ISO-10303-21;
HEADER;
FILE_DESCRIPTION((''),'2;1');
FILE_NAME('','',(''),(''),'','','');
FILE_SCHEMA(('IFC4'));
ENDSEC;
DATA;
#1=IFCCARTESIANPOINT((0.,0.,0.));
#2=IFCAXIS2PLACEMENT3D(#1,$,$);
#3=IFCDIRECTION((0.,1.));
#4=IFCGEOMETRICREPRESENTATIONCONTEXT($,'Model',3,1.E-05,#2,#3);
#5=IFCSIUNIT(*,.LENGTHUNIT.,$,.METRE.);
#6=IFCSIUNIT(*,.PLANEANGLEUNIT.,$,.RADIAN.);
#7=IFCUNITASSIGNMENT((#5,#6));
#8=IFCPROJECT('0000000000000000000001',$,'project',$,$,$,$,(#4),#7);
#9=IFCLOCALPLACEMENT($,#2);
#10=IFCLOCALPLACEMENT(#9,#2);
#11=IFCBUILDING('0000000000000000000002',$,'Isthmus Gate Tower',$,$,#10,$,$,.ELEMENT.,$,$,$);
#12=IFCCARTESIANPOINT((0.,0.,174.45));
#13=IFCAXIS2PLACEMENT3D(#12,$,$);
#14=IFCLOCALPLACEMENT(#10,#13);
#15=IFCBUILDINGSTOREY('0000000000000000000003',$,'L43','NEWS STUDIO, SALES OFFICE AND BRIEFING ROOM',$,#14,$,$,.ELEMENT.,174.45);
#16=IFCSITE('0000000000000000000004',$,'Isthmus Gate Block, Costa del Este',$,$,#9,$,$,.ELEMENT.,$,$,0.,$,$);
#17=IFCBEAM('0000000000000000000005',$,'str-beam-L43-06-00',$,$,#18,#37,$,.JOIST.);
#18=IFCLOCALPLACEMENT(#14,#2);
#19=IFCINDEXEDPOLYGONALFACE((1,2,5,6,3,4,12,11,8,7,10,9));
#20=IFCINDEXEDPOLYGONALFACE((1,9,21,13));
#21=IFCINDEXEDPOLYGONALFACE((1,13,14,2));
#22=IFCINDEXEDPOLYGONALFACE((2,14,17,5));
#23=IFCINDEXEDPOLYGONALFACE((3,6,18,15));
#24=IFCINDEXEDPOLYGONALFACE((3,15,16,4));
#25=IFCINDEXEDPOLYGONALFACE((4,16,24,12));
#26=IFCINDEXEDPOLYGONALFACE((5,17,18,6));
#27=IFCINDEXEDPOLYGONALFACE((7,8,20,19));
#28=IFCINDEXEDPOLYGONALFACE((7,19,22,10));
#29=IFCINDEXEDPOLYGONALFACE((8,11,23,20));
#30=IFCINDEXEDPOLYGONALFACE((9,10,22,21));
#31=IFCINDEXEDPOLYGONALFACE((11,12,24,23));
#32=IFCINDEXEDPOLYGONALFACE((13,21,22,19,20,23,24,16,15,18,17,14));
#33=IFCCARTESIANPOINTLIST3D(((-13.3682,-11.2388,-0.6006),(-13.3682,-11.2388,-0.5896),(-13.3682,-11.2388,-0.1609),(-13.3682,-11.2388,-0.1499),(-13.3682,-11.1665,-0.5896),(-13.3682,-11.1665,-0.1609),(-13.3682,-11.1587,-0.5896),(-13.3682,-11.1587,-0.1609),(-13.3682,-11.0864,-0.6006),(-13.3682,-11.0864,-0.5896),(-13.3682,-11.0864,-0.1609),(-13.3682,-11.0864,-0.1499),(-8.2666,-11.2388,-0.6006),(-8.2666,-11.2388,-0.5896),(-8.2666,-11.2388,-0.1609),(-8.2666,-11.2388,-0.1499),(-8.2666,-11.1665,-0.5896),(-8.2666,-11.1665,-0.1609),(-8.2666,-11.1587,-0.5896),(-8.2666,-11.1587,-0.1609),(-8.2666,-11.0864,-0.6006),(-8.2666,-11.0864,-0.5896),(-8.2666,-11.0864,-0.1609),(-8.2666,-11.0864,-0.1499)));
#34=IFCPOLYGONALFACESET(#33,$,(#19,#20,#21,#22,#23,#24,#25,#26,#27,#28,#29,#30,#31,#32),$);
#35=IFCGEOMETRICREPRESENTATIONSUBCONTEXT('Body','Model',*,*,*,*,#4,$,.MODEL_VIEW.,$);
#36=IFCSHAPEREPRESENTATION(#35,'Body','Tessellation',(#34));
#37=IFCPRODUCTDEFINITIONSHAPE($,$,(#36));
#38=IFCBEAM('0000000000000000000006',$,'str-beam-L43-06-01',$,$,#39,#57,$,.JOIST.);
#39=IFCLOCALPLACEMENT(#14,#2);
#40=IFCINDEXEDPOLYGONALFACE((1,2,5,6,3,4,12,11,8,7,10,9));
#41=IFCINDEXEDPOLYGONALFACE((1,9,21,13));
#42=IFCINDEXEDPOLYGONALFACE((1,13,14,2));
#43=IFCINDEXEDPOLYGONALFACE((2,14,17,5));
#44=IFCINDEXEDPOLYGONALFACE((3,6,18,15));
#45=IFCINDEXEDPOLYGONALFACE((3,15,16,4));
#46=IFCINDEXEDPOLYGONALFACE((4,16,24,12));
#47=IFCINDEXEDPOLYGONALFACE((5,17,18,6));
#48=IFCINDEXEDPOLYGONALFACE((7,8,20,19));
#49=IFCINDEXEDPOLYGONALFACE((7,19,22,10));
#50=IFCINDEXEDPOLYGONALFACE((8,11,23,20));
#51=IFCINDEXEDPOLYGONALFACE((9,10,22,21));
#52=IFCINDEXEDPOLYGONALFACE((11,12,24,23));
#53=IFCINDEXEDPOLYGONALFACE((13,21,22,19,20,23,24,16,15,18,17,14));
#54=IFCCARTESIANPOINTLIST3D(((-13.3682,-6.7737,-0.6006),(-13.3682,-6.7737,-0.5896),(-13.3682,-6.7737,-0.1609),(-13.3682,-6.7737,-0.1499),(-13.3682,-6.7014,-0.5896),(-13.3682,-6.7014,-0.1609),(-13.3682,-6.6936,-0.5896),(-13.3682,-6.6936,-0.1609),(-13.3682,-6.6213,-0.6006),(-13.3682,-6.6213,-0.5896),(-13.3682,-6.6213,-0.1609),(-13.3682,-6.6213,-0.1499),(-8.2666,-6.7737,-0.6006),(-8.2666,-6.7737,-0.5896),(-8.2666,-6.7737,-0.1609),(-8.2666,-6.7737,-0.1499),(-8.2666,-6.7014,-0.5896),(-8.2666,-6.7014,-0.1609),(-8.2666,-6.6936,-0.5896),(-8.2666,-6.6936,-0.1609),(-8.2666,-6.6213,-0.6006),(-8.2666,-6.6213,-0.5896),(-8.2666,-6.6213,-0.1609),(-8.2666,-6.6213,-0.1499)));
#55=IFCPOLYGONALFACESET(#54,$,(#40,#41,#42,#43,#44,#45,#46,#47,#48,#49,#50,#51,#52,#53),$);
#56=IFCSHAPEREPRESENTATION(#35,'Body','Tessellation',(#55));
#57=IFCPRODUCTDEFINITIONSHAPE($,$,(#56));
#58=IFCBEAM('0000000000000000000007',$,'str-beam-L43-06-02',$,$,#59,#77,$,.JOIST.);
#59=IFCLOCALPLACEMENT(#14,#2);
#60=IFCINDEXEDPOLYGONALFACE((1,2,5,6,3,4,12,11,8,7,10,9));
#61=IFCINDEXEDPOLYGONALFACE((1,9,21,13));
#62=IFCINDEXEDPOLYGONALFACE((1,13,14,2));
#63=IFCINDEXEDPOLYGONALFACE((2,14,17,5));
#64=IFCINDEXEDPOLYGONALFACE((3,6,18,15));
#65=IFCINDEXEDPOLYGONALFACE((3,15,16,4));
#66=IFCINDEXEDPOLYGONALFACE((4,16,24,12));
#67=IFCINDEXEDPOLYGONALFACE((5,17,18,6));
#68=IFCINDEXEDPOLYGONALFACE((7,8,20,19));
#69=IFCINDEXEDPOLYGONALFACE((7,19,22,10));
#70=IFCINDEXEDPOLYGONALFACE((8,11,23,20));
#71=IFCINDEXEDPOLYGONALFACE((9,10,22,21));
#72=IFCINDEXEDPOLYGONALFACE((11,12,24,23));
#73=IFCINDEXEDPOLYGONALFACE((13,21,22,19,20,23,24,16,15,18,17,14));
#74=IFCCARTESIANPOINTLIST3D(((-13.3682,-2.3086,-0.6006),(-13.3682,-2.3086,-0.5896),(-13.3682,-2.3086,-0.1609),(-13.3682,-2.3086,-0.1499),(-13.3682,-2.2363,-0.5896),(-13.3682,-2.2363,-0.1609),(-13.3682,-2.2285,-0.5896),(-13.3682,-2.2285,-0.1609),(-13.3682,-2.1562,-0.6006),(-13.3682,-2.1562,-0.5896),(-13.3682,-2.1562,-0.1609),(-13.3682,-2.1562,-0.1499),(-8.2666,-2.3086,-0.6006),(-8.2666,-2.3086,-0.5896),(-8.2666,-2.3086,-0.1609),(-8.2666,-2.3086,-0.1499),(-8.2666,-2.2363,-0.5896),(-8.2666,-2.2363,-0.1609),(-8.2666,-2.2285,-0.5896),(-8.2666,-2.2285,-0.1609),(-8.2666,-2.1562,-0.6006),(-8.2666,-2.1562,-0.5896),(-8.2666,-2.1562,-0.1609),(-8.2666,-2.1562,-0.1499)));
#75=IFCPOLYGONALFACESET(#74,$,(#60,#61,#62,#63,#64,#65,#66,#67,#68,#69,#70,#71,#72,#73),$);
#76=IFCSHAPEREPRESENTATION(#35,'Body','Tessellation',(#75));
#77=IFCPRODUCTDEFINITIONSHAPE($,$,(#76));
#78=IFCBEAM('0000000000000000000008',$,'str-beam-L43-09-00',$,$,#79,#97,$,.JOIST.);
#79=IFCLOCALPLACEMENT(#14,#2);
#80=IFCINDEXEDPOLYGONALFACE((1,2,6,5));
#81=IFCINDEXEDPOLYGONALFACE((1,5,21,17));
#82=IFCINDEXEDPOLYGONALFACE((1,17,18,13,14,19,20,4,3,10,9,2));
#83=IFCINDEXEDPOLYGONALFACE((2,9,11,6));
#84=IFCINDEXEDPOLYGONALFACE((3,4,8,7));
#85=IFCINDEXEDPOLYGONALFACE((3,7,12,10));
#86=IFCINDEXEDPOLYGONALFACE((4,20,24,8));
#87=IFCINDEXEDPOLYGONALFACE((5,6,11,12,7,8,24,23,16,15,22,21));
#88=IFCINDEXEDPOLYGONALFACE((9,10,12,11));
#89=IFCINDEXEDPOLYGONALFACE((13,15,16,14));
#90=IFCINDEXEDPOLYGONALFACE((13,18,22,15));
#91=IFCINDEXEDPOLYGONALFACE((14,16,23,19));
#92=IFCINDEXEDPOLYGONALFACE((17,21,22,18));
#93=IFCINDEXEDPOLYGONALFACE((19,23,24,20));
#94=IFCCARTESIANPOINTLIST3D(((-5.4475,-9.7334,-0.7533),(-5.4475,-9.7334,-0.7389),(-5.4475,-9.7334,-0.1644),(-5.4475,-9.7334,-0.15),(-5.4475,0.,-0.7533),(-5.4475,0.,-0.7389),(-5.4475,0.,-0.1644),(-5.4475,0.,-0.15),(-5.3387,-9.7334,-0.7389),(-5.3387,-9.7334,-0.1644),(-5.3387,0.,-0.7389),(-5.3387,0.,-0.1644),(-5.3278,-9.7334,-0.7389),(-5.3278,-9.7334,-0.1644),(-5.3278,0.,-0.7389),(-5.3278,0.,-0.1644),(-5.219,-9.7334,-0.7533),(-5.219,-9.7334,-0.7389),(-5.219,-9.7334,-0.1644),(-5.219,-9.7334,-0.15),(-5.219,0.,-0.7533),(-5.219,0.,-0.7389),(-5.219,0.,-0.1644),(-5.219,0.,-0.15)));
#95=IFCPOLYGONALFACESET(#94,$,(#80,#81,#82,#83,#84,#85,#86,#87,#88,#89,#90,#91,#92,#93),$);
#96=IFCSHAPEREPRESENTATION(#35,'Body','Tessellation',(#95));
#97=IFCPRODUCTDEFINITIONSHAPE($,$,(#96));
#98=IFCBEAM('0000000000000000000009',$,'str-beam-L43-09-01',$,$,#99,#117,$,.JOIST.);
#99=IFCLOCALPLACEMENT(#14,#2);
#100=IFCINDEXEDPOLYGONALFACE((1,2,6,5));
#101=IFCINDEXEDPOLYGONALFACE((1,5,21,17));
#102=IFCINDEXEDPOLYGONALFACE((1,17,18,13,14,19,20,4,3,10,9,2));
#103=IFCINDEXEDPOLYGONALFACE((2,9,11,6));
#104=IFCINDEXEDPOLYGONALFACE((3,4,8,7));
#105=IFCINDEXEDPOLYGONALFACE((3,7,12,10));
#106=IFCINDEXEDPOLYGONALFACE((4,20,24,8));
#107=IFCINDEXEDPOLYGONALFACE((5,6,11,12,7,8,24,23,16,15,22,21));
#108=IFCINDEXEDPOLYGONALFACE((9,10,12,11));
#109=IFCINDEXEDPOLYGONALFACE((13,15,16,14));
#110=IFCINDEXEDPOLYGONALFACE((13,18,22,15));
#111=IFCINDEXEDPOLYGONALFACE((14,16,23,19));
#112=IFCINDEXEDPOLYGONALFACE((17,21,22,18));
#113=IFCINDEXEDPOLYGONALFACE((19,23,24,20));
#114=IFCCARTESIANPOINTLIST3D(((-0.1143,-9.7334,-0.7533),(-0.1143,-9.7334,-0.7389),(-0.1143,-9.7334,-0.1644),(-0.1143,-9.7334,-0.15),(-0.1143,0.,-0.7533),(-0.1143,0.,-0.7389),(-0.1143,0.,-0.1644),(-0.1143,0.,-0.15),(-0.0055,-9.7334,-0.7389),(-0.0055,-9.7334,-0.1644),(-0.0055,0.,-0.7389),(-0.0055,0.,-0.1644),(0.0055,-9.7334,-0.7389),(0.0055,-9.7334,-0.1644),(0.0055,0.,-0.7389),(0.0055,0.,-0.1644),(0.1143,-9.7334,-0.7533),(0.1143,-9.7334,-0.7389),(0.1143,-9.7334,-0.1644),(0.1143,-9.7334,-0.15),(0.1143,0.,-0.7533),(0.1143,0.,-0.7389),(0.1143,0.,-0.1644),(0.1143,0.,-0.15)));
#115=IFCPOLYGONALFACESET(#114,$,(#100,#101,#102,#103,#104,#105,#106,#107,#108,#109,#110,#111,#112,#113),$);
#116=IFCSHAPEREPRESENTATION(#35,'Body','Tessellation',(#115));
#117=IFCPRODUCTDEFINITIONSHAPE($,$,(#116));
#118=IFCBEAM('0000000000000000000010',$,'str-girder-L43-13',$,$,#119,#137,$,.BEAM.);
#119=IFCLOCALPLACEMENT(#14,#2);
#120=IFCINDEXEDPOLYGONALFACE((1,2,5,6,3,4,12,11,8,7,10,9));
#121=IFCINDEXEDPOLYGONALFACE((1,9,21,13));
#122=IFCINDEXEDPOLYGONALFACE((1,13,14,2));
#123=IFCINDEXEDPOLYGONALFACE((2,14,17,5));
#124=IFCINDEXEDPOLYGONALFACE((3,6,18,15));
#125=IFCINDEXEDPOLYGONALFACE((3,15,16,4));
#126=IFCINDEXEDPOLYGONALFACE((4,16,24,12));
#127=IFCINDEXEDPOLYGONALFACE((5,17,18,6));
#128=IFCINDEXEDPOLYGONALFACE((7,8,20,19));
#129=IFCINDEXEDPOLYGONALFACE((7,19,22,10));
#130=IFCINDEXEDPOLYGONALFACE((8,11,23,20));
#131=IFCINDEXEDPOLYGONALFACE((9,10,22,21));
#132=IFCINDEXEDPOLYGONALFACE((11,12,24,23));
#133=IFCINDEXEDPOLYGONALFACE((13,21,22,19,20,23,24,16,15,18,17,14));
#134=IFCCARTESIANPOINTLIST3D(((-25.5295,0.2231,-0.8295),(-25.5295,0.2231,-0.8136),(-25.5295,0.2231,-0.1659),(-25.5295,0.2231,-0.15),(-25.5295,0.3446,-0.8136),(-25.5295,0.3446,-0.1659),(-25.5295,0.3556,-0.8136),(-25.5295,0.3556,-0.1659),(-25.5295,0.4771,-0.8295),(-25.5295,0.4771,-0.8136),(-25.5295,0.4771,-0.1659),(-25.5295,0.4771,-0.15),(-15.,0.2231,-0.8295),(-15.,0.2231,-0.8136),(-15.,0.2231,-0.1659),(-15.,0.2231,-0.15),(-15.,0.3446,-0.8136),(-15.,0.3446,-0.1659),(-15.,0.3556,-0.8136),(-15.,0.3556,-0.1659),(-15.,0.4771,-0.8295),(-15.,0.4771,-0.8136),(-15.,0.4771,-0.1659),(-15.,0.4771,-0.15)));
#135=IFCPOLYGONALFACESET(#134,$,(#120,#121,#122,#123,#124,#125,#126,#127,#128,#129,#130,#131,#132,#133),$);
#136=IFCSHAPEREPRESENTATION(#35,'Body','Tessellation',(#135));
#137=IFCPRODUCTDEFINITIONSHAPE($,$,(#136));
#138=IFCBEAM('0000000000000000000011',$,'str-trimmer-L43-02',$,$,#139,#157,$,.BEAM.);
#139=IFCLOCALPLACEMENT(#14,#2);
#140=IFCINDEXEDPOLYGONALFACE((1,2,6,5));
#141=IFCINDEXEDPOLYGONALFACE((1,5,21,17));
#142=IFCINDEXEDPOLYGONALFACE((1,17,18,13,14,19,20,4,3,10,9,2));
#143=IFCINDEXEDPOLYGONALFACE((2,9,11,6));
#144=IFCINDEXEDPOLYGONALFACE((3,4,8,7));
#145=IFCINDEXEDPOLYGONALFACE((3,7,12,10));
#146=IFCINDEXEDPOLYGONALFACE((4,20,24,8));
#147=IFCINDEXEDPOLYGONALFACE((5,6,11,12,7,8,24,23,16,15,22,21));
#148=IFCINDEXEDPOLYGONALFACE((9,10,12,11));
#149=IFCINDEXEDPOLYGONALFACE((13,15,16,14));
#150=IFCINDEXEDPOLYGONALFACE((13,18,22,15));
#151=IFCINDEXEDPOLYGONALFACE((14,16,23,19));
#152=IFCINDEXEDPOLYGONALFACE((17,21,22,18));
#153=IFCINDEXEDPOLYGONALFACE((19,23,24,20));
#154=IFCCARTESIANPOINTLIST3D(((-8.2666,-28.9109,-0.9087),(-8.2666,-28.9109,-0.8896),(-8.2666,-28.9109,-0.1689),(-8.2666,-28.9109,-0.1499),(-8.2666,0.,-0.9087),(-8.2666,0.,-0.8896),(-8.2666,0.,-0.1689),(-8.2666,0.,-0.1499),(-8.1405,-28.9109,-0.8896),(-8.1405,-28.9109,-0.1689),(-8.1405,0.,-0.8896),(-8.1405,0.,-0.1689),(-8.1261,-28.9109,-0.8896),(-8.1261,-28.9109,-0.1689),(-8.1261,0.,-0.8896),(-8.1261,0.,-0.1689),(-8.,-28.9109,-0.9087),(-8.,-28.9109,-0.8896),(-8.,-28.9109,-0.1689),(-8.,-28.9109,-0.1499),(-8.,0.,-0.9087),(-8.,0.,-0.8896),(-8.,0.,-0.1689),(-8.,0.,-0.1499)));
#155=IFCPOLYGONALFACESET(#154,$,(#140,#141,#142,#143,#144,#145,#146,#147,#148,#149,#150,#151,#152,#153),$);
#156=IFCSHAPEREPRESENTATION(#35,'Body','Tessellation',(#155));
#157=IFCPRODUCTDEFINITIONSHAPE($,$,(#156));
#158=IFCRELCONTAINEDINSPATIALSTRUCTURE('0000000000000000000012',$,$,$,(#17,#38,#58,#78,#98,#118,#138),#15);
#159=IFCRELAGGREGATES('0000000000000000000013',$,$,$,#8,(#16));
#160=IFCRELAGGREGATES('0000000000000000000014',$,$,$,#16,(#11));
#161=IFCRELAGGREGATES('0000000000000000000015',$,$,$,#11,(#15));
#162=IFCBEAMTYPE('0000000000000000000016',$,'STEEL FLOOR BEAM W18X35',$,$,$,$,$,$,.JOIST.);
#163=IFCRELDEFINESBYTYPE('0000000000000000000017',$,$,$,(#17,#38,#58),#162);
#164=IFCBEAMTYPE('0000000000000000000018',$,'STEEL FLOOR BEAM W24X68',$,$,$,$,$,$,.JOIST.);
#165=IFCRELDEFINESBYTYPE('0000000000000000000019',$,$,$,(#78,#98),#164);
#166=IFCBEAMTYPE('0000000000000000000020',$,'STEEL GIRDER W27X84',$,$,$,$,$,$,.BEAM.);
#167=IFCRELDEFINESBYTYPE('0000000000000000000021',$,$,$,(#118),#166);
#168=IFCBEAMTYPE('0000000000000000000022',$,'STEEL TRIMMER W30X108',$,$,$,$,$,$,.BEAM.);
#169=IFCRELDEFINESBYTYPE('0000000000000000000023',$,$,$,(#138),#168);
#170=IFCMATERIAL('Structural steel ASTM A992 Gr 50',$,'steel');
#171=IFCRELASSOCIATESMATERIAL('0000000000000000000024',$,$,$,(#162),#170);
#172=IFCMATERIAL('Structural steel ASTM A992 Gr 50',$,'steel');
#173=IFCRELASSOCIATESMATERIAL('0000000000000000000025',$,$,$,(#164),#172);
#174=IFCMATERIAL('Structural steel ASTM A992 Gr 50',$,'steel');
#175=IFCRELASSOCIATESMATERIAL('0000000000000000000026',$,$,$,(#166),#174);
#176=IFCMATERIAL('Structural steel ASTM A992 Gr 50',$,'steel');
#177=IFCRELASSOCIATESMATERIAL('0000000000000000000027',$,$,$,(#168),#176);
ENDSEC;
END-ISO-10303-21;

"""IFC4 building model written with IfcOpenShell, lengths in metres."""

from ifc_helpers import new_model, si_unit, direction, frame, origin, origin_2d, place, context, subcontext, project, spatial, i_section, extrude, material, material_profile, profile_set, type_object, element, save


model = new_model("IFC4")

# Units and contexts
model_context = context("Model", 3, precision=1e-05, world=origin(), true_north=direction((0.0, 1.0)))
body_context = subcontext(model_context, "Body", "Model", "MODEL_VIEW")
ifc_project = project(units=[si_unit("LENGTHUNIT", "METRE"), si_unit("PLANEANGLEUNIT", "RADIAN")], contexts=[model_context])

# Site, building, storey
site_placement = place(None, origin())
site = spatial("IfcSite", under=ifc_project, at=site_placement, Name="Isthmus Gate Block, Costa del Este", CompositionType="ELEMENT", RefElevation=0.0)
building_placement = place(site_placement, origin())
building = spatial("IfcBuilding", under=site, at=building_placement, Name="Isthmus Gate Tower", CompositionType="ELEMENT")
storey_placement = place(building_placement, frame((0.0, 0.0, 174.45)))
storey = spatial("IfcBuildingStorey", under=building, at=storey_placement, Name="L43", Description="NEWS STUDIO, SALES OFFICE AND BRIEFING ROOM", CompositionType="ELEMENT", Elevation=174.45)

# Beams
ifc_material_1 = material(Name="Structural steel ASTM A992 Gr 50", Category="steel")
ifc_material_profile_1 = material_profile(ifc_material_1, i_section(OverallWidth=0.1523, OverallDepth=0.4507, WebThickness=0.0078, FlangeThickness=0.011, at=origin_2d()), Name="W18X35")
ifc_profile_set_1 = profile_set([ifc_material_profile_1], Name="Structural steel ASTM A992 Gr 50")
beam_type_1 = type_object("IfcBeamType", Name="STEEL FLOOR BEAM W18X35", PredefinedType="JOIST", material=ifc_profile_set_1)
for number, where, z_axis, x_axis, name in (
    (1, (-13.3682, -11.1626, -0.3752), (1.0, 0.0, 0.0), (0.0, 1.0, 0.0), "str-beam-L43-06-00"),
    (2, (-13.3682, -6.6975, -0.3752), (1.0, 0.0, 0.0), (0.0, 1.0, 0.0), "str-beam-L43-06-01"),
    (3, (-13.3682, -2.2324, -0.3752), (1.0, 0.0, 0.0), (0.0, 1.0, 0.0), "str-beam-L43-06-02"),
):
    element("IfcBeam", number, at=place(storey_placement, frame(where, z_axis=z_axis, x_axis=x_axis)), inside=storey, type_object=beam_type_1, Name=name, PredefinedType="JOIST", context=body_context, shape_type="SweptSolid", body=[
        extrude(i_section(OverallWidth=0.1523, OverallDepth=0.4507, WebThickness=0.0078, FlangeThickness=0.011, at=origin_2d()), origin(), (0.0, 0.0, 1.0), 5.1016),
    ])
ifc_material_2 = material(Name="Structural steel ASTM A992 Gr 50", Category="steel")
ifc_material_profile_2 = material_profile(ifc_material_2, i_section(OverallWidth=0.2285, OverallDepth=0.6033, WebThickness=0.011, FlangeThickness=0.0144, at=origin_2d()), Name="W24X68")
ifc_profile_set_2 = profile_set([ifc_material_profile_2], Name="Structural steel ASTM A992 Gr 50")
beam_type_2 = type_object("IfcBeamType", Name="STEEL FLOOR BEAM W24X68", PredefinedType="JOIST", material=ifc_profile_set_2)
for number, where, z_axis, x_axis, name in (
    (4, (-5.3333, -9.7334, -0.4517), (0.0, 1.0, 0.0), (-1.0, 0.0, 0.0), "str-beam-L43-09-00"),
    (5, (0.0, -9.7334, -0.4517), (0.0, 1.0, 0.0), (-1.0, 0.0, 0.0), "str-beam-L43-09-01"),
):
    element("IfcBeam", number, at=place(storey_placement, frame(where, z_axis=z_axis, x_axis=x_axis)), inside=storey, type_object=beam_type_2, Name=name, PredefinedType="JOIST", context=body_context, shape_type="SweptSolid", body=[
        extrude(i_section(OverallWidth=0.2285, OverallDepth=0.6033, WebThickness=0.011, FlangeThickness=0.0144, at=origin_2d()), origin(), (0.0, 0.0, 1.0), 9.7334),
    ])
ifc_material_3 = material(Name="Structural steel ASTM A992 Gr 50", Category="steel")
ifc_material_profile_3 = material_profile(ifc_material_3, i_section(OverallWidth=0.2539, OverallDepth=0.6794, WebThickness=0.011, FlangeThickness=0.0159, at=origin_2d()), Name="W27X84")
ifc_profile_set_3 = profile_set([ifc_material_profile_3], Name="Structural steel ASTM A992 Gr 50")
beam_type_3 = type_object("IfcBeamType", Name="STEEL GIRDER W27X84", PredefinedType="BEAM", material=ifc_profile_set_3)
beam_1_placement = place(storey_placement, frame((-15.0, 0.3501, -0.4897), z_axis=(-1.0, 0.0, 0.0), x_axis=(0.0, -1.0, 0.0)))
element("IfcBeam", 6, at=beam_1_placement, inside=storey, type_object=beam_type_3, Name="str-girder-L43-13", PredefinedType="BEAM", context=body_context, shape_type="SweptSolid", body=[
    extrude(i_section(OverallWidth=0.2539, OverallDepth=0.6794, WebThickness=0.011, FlangeThickness=0.0159, at=origin_2d()), origin(), (0.0, 0.0, 1.0), 10.5295),
])
ifc_material_4 = material(Name="Structural steel ASTM A992 Gr 50", Category="steel")
ifc_material_profile_4 = material_profile(ifc_material_4, i_section(OverallWidth=0.2666, OverallDepth=0.7588, WebThickness=0.0144, FlangeThickness=0.019, at=origin_2d()), Name="W30X108")
ifc_profile_set_4 = profile_set([ifc_material_profile_4], Name="Structural steel ASTM A992 Gr 50")
beam_type_4 = type_object("IfcBeamType", Name="STEEL TRIMMER W30X108", PredefinedType="BEAM", material=ifc_profile_set_4)
beam_2_placement = place(storey_placement, frame((-8.1333, 0.0, -0.5293), z_axis=(0.0, -1.0, 0.0), x_axis=(1.0, 0.0, 0.0)))
element("IfcBeam", 7, at=beam_2_placement, inside=storey, type_object=beam_type_4, Name="str-trimmer-L43-02", PredefinedType="BEAM", context=body_context, shape_type="SweptSolid", body=[
    extrude(i_section(OverallWidth=0.2666, OverallDepth=0.7588, WebThickness=0.0144, FlangeThickness=0.019, at=origin_2d()), origin(), (0.0, 0.0, 1.0), 28.9109),
])

save(model, "model.ifc")
